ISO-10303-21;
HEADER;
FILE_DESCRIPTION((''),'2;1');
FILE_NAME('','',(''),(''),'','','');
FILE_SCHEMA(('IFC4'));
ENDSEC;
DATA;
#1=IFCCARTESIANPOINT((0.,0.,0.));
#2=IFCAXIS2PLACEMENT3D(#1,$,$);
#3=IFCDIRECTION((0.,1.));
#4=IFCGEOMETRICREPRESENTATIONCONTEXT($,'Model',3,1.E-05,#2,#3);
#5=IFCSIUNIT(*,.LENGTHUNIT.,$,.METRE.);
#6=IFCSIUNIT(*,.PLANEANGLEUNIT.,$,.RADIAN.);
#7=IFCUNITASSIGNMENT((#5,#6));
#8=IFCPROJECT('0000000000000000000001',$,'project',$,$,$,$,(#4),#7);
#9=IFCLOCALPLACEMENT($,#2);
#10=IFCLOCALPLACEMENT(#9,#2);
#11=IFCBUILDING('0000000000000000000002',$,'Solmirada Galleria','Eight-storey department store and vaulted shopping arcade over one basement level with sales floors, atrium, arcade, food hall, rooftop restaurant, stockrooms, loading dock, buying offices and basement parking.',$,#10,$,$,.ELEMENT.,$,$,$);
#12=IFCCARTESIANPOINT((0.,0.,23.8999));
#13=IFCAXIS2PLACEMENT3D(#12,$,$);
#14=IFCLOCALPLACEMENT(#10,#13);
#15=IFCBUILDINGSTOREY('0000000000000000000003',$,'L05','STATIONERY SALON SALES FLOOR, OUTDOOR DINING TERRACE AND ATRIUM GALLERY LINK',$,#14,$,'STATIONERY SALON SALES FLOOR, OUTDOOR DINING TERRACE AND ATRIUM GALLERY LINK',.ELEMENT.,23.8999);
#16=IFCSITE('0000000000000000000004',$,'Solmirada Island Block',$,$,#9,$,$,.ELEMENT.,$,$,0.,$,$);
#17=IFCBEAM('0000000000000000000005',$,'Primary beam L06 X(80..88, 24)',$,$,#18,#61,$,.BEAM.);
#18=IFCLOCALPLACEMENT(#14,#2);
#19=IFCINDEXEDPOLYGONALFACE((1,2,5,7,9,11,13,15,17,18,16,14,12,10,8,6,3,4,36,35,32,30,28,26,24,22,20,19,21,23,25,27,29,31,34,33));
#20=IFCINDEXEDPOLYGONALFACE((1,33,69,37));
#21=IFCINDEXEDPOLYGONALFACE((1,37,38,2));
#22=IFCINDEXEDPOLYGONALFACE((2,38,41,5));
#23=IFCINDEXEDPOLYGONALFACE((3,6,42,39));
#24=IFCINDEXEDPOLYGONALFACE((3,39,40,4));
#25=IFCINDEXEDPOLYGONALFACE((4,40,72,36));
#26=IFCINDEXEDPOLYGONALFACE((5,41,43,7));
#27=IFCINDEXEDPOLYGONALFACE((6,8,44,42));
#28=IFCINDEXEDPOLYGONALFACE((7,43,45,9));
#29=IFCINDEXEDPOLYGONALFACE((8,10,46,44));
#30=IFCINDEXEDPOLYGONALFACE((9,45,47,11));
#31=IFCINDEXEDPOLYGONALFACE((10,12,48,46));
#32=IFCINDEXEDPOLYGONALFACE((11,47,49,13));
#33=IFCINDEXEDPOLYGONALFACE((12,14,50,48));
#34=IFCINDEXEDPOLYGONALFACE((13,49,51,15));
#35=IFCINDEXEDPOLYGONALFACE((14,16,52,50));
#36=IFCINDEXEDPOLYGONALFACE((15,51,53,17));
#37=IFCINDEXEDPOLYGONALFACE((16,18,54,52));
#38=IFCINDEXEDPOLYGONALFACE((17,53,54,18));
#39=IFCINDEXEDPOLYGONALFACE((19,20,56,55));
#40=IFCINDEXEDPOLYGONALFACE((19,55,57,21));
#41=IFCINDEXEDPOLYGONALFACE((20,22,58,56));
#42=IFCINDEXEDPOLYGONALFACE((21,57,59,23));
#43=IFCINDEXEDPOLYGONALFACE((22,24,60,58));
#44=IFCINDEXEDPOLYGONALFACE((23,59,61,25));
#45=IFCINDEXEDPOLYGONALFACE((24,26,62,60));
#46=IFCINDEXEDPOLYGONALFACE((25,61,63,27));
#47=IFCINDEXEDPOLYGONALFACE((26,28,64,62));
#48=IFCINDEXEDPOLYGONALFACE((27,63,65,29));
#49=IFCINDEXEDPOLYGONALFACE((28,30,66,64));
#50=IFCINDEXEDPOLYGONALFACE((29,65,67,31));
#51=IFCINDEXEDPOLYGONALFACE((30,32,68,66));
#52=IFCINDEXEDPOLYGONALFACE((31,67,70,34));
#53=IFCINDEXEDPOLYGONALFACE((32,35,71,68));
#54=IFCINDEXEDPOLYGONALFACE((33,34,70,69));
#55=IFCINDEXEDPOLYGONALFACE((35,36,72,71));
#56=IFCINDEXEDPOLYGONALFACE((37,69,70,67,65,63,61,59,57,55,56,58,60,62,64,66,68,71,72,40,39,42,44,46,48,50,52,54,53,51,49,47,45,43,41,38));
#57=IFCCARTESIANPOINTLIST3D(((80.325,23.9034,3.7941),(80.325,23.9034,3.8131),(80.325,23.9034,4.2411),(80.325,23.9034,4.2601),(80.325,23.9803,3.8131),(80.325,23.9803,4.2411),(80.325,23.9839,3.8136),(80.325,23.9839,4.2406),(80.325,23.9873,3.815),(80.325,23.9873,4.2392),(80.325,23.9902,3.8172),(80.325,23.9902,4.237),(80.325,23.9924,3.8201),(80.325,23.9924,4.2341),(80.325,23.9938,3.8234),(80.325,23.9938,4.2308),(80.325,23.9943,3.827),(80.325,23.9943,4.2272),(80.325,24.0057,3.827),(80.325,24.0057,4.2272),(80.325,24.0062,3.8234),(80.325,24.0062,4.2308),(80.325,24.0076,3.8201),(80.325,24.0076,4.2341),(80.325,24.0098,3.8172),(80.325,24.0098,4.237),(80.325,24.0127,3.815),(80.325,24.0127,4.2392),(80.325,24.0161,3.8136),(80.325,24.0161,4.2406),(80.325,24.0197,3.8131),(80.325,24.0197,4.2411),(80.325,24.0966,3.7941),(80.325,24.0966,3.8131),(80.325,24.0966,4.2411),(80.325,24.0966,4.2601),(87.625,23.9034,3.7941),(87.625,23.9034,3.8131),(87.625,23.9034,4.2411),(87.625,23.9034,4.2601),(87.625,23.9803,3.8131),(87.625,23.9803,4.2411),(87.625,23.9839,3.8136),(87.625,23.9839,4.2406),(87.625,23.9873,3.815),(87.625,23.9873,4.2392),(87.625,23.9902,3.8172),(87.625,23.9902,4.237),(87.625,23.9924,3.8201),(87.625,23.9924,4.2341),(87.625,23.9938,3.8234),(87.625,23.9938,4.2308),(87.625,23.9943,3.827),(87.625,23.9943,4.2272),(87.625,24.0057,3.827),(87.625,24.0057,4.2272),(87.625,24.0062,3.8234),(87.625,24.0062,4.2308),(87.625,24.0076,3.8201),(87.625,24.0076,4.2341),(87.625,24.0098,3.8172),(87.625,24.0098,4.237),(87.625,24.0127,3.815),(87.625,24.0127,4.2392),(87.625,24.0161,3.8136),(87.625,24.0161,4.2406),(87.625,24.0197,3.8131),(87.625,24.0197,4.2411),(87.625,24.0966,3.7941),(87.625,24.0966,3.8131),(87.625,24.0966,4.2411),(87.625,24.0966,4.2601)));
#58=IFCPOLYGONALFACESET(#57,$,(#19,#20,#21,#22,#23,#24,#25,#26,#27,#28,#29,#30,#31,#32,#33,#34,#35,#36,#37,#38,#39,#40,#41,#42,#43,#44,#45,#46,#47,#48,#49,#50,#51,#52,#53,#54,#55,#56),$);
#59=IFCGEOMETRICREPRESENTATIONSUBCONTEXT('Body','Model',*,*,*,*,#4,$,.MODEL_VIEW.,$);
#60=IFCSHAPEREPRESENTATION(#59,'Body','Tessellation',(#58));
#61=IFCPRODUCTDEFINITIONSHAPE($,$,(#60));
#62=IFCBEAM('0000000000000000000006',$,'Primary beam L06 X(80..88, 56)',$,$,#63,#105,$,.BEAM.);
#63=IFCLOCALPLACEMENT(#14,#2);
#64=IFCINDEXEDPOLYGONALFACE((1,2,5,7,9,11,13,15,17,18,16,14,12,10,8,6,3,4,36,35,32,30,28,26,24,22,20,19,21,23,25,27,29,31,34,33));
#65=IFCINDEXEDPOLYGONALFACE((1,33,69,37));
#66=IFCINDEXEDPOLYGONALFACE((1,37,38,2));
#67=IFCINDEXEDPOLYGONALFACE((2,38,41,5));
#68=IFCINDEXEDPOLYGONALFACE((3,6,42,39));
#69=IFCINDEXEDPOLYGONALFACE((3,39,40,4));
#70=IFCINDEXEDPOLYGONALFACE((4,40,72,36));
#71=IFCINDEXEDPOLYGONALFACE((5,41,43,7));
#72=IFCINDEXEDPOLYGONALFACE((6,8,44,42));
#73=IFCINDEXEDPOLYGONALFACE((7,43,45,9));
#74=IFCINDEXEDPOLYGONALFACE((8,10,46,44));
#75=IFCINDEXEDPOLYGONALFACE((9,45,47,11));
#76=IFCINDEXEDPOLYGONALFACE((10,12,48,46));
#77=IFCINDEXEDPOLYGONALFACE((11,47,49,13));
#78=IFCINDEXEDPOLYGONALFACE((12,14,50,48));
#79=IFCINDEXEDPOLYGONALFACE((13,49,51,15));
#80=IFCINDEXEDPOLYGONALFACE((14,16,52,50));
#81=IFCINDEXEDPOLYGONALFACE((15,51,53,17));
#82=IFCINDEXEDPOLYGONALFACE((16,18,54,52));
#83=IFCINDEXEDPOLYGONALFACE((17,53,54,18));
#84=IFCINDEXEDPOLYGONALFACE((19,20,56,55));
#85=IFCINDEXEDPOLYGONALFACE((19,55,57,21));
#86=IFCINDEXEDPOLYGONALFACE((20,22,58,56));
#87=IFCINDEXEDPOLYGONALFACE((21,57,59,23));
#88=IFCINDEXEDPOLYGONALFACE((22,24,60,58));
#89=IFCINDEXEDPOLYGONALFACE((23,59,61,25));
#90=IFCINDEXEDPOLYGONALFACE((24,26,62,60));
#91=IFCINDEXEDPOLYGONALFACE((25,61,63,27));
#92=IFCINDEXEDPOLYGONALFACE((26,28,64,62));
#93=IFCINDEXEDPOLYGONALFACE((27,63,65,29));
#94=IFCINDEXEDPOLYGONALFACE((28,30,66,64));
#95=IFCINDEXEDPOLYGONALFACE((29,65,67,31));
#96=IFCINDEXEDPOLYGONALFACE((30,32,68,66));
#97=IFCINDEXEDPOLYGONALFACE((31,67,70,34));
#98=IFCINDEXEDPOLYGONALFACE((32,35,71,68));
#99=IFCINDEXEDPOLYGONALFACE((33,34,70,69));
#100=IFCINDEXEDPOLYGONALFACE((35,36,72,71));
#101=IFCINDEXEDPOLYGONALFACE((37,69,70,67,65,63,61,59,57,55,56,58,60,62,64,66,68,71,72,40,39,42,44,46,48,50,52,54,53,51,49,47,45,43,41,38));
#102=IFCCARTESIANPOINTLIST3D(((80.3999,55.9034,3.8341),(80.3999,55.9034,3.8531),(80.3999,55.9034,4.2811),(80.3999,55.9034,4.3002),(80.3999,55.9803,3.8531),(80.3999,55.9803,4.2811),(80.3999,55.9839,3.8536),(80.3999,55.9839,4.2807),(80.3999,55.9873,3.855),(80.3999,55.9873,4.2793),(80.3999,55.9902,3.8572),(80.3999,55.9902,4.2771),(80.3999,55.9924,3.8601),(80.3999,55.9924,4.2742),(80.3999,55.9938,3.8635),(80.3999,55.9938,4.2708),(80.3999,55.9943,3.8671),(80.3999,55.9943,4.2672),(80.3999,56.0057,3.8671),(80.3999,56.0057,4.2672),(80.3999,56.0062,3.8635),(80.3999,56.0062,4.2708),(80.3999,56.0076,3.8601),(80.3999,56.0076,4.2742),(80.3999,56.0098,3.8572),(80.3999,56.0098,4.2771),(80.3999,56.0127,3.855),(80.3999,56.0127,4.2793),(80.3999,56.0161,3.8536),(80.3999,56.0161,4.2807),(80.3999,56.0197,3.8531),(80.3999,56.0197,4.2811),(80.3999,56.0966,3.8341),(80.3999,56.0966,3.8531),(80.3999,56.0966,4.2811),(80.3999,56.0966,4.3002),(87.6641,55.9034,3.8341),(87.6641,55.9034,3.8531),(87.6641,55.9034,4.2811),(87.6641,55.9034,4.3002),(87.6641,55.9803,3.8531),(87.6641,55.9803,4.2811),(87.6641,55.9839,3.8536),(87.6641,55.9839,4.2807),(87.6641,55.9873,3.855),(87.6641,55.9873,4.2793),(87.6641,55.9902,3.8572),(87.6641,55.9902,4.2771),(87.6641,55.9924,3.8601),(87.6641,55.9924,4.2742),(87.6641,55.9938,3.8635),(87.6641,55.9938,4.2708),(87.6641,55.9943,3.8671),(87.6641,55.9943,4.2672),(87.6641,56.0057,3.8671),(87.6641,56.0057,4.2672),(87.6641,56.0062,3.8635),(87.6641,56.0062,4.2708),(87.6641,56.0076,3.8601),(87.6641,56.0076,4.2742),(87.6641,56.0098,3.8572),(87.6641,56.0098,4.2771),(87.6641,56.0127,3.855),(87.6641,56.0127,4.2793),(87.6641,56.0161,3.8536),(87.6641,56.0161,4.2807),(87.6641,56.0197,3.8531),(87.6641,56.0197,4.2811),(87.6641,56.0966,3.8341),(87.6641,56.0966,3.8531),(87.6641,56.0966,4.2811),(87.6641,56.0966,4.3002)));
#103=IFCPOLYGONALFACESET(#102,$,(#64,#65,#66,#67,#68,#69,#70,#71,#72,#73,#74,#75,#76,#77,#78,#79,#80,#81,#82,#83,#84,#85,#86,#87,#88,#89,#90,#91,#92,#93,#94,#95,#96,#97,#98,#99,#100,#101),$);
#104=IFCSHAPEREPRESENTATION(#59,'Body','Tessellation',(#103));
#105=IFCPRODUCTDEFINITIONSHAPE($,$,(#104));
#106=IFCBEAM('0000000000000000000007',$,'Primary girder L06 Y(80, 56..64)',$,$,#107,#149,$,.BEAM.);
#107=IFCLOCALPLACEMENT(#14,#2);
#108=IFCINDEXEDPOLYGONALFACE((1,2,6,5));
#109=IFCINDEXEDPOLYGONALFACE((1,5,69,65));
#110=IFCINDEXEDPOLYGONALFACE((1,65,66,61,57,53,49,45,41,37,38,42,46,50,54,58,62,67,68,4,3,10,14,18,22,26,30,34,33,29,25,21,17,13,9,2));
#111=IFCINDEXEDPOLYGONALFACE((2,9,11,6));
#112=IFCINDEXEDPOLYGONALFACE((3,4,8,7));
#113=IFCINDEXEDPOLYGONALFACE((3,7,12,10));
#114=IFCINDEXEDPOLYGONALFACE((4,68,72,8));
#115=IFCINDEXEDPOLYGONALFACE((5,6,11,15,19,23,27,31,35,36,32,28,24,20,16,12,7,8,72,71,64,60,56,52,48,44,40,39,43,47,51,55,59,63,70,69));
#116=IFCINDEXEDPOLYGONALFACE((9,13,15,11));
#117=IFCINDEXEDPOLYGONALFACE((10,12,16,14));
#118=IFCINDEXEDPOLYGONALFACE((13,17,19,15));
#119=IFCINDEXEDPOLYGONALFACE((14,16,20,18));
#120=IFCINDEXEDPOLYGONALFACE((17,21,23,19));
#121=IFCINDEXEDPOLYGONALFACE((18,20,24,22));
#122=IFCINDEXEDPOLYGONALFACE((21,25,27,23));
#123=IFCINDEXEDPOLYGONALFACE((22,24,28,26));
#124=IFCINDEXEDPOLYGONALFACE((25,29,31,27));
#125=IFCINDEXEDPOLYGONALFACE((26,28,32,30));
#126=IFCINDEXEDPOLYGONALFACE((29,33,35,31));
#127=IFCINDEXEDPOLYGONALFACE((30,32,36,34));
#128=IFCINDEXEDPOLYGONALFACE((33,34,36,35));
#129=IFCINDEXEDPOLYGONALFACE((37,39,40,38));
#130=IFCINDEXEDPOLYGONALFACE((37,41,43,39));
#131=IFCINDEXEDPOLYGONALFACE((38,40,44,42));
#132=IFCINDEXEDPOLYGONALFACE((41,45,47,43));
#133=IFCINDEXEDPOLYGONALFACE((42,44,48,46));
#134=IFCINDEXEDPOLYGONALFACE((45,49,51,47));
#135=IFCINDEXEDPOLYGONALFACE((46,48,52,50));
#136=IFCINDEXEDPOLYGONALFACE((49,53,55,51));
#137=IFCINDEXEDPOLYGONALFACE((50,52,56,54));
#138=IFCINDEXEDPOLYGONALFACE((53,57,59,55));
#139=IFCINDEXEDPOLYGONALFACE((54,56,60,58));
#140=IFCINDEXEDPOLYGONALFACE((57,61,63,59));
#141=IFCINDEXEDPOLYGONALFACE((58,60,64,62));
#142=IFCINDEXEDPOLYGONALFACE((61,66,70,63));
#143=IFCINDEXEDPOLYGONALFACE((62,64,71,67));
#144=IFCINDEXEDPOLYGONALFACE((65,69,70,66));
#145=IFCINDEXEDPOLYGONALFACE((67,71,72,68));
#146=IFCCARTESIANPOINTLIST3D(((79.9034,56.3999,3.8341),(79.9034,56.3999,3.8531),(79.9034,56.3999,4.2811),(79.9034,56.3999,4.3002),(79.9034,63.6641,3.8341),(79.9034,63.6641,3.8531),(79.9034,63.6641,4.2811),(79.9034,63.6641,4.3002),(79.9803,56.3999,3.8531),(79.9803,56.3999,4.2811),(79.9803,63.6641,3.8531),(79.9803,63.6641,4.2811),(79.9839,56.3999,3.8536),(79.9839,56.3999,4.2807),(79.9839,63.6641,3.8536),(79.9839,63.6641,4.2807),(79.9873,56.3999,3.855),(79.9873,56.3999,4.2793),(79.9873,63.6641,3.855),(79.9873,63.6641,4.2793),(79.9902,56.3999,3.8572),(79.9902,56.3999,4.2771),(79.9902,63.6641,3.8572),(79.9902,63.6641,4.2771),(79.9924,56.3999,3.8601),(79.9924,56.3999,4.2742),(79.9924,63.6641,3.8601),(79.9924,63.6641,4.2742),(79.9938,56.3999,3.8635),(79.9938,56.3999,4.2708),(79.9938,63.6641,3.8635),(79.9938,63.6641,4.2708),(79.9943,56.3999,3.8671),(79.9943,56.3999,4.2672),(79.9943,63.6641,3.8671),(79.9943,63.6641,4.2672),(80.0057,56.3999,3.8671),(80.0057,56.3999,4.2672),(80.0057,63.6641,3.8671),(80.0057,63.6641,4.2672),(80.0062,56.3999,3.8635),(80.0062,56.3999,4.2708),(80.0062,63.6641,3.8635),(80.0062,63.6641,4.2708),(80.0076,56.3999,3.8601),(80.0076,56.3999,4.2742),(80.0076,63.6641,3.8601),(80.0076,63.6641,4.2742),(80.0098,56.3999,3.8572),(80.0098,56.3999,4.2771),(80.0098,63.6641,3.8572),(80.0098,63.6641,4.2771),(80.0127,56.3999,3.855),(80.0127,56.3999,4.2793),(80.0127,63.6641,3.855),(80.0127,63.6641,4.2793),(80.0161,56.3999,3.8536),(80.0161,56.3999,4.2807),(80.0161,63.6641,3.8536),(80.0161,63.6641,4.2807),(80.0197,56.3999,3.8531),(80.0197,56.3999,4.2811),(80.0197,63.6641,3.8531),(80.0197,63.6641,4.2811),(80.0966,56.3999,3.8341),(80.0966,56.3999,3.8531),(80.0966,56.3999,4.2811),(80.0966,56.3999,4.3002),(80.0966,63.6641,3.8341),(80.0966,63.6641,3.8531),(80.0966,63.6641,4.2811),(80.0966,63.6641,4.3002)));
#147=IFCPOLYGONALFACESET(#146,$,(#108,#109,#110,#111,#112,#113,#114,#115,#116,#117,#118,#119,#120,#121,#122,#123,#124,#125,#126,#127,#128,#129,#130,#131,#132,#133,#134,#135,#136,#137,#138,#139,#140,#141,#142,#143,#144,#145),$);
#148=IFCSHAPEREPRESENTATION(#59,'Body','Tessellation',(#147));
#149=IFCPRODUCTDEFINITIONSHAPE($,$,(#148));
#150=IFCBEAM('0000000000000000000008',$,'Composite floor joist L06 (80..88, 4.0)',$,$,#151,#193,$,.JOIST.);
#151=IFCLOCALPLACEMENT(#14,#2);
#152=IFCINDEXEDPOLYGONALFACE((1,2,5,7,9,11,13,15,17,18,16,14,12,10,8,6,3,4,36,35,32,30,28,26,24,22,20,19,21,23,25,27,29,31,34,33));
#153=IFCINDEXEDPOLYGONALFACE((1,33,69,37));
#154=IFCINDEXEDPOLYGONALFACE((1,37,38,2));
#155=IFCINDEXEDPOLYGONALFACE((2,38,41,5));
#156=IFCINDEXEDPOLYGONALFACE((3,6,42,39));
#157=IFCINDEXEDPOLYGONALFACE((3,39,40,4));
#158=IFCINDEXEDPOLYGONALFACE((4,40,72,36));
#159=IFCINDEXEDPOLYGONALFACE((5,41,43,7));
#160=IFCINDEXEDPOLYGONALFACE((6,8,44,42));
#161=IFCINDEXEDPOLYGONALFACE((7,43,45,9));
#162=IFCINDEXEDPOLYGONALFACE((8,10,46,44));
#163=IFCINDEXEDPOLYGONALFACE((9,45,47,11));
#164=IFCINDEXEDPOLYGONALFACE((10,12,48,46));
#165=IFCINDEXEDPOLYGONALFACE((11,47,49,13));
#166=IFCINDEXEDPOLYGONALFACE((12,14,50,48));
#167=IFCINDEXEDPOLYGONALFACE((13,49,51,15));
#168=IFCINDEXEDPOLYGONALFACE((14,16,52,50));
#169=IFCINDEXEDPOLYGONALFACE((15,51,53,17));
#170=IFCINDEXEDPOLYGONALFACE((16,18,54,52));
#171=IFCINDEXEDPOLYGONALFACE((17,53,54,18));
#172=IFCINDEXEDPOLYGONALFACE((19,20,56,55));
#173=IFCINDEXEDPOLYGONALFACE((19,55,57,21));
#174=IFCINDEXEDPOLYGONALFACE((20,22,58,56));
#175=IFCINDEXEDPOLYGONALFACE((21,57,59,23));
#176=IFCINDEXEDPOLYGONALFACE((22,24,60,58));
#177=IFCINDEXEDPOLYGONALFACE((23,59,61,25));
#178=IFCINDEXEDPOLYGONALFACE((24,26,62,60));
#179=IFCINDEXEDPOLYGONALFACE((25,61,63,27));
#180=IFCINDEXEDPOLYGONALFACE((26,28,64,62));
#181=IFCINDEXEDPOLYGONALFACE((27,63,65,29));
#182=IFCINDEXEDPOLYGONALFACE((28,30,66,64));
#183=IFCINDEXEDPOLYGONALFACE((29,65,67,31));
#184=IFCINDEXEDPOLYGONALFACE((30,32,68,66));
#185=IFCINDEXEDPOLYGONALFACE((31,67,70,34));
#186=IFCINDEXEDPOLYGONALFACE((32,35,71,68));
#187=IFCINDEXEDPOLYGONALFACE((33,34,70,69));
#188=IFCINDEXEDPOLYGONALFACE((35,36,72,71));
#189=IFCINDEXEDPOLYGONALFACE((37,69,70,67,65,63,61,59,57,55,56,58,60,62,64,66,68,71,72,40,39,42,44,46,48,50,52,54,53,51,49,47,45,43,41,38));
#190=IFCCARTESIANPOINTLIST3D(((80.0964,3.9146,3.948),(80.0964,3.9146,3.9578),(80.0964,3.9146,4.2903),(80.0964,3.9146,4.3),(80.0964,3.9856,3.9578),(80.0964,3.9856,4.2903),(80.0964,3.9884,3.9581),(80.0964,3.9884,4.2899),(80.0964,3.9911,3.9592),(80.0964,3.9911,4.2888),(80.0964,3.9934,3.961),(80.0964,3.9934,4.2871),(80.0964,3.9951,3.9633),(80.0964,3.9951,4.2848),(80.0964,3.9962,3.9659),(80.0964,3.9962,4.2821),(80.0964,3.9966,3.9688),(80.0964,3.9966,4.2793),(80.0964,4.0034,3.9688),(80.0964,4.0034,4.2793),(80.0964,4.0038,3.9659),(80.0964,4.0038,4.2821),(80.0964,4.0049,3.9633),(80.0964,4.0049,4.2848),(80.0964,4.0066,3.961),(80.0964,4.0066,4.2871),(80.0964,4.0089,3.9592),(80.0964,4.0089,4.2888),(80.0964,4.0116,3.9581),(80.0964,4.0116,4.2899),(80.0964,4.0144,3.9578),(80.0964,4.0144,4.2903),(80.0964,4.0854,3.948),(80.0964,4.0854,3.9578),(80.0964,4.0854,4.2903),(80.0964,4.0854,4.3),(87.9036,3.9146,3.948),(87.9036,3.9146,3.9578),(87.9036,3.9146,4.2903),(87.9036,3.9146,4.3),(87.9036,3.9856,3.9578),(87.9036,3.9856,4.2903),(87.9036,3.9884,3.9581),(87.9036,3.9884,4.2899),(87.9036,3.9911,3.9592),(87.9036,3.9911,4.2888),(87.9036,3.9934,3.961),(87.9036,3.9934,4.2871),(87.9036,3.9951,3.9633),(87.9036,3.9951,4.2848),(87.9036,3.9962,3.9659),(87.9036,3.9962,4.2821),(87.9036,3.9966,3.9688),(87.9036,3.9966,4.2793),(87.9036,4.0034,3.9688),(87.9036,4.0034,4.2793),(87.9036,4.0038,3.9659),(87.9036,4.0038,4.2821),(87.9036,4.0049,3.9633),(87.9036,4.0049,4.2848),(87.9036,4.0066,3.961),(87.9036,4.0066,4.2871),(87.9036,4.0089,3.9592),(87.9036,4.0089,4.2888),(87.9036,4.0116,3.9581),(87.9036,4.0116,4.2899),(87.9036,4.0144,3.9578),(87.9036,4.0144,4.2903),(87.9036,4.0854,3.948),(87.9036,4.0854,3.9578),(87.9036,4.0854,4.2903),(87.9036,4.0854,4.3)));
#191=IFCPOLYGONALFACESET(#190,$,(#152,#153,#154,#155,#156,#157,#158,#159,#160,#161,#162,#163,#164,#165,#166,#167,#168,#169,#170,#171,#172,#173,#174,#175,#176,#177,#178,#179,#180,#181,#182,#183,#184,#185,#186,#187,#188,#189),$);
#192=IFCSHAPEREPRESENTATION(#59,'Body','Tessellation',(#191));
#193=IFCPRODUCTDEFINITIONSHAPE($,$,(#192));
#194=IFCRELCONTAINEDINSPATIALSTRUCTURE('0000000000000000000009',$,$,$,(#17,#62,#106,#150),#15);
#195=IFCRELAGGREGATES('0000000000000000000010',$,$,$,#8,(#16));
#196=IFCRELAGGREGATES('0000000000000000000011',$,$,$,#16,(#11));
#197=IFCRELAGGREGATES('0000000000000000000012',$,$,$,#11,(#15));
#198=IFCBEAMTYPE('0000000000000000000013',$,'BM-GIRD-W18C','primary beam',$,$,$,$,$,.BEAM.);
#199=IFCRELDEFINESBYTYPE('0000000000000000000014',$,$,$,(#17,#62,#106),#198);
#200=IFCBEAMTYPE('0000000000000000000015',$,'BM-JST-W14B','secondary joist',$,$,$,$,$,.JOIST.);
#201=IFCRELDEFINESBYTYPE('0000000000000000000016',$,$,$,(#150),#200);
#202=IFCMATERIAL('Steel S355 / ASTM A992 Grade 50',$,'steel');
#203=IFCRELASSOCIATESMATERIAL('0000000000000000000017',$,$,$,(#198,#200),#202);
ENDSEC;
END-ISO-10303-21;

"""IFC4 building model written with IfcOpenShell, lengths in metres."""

from ifc_helpers import new_model, si_unit, direction, frame, origin, origin_2d, place, context, subcontext, project, spatial, i_section, extrude, material, material_profile, profile_set, type_object, element, save


model = new_model("IFC4")

# Units and contexts
model_context = context("Model", 3, precision=1e-05, world=origin(), true_north=direction((0.0, 1.0)))
body_context = subcontext(model_context, "Body", "Model", "MODEL_VIEW")
ifc_project = project(units=[si_unit("LENGTHUNIT", "METRE"), si_unit("PLANEANGLEUNIT", "RADIAN")], contexts=[model_context])

# Site, building, storey
site_placement = place(None, origin())
site = spatial("IfcSite", under=ifc_project, at=site_placement, Name="Solmirada Island Block", CompositionType="ELEMENT", RefElevation=0.0)
building_placement = place(site_placement, origin())
building = spatial("IfcBuilding", under=site, at=building_placement, Name="Solmirada Galleria", Description="Eight-storey department store and vaulted shopping arcade over one basement level with sales floors, atrium, arcade, food hall, rooftop restaurant, stockrooms, loading dock, buying offices and basement parking.", CompositionType="ELEMENT")
storey_placement = place(building_placement, frame((0.0, 0.0, 23.8999)))
storey = spatial("IfcBuildingStorey", under=building, at=storey_placement, Name="L05", Description="STATIONERY SALON SALES FLOOR, OUTDOOR DINING TERRACE AND ATRIUM GALLERY LINK", LongName="STATIONERY SALON SALES FLOOR, OUTDOOR DINING TERRACE AND ATRIUM GALLERY LINK", CompositionType="ELEMENT", Elevation=23.8999)

# Beams
ifc_material_1 = material(Name="Steel S355 / ASTM A992 Grade 50", Category="steel")
ifc_material_profile_1 = material_profile(ifc_material_1, i_section(OverallWidth=0.1931, OverallDepth=0.4661, WebThickness=0.0115, FlangeThickness=0.019, FilletRadius=0.0139, at=origin_2d()), Name="W18X65")
ifc_profile_set_1 = profile_set([ifc_material_profile_1], Name="Steel S355 / ASTM A992 Grade 50")
beam_type_1 = type_object("IfcBeamType", Name="BM-GIRD-W18C", Description="primary beam", PredefinedType="BEAM", material=ifc_profile_set_1)
beam_1_placement = place(storey_placement, frame((80.325, 24.0, 4.0271), z_axis=(1.0, 0.0, 0.0), x_axis=(0.0, 1.0, 0.0)))
element("IfcBeam", 1, at=beam_1_placement, inside=storey, type_object=beam_type_1, Name="Primary beam L06 X(80..88, 24)", PredefinedType="BEAM", context=body_context, shape_type="SweptSolid", body=[
    extrude(i_section(OverallWidth=0.1931, OverallDepth=0.4661, WebThickness=0.0115, FlangeThickness=0.019, FilletRadius=0.0139, at=origin_2d()), origin(), (0.0, 0.0, 1.0), 7.3),
])
for number, where, z_axis, x_axis, name in (
    (2, (80.3999, 56.0, 4.0671), (1.0, 0.0, 0.0), (0.0, 1.0, 0.0), "Primary beam L06 X(80..88, 56)"),
    (3, (80.0, 56.3999, 4.0671), (0.0, 1.0, 0.0), (-1.0, 0.0, 0.0), "Primary girder L06 Y(80, 56..64)"),
):
    element("IfcBeam", number, at=place(storey_placement, frame(where, z_axis=z_axis, x_axis=x_axis)), inside=storey, type_object=beam_type_1, Name=name, PredefinedType="BEAM", context=body_context, shape_type="SweptSolid", body=[
        extrude(i_section(OverallWidth=0.1931, OverallDepth=0.4661, WebThickness=0.0115, FlangeThickness=0.019, FilletRadius=0.0139, at=origin_2d()), origin(), (0.0, 0.0, 1.0), 7.2642),
    ])
ifc_material_profile_2 = material_profile(ifc_material_1, i_section(OverallWidth=0.1709, OverallDepth=0.3521, WebThickness=0.0068, FlangeThickness=0.0098, FilletRadius=0.011, at=origin_2d()), Name="W14X30")
ifc_profile_set_2 = profile_set([ifc_material_profile_2], Name="Steel S355 / ASTM A992 Grade 50")
beam_type_2 = type_object("IfcBeamType", Name="BM-JST-W14B", Description="secondary joist", PredefinedType="JOIST", material=ifc_profile_set_2)
for number, where, z_axis, x_axis, name in (
    (4, (80.0964, 4.0, 4.124), (1.0, 0.0, 0.0), (0.0, 1.0, 0.0), "Composite floor joist L06 (80..88, 4.0)"),
):
    element("IfcBeam", number, at=place(storey_placement, frame(where, z_axis=z_axis, x_axis=x_axis)), inside=storey, type_object=beam_type_2, Name=name, PredefinedType="JOIST", context=body_context, shape_type="SweptSolid", body=[
        extrude(i_section(OverallWidth=0.1709, OverallDepth=0.3521, WebThickness=0.0068, FlangeThickness=0.0098, FilletRadius=0.011, at=origin_2d()), origin(), (0.0, 0.0, 1.0), 7.8071),
    ])

save(model, "model.ifc")
